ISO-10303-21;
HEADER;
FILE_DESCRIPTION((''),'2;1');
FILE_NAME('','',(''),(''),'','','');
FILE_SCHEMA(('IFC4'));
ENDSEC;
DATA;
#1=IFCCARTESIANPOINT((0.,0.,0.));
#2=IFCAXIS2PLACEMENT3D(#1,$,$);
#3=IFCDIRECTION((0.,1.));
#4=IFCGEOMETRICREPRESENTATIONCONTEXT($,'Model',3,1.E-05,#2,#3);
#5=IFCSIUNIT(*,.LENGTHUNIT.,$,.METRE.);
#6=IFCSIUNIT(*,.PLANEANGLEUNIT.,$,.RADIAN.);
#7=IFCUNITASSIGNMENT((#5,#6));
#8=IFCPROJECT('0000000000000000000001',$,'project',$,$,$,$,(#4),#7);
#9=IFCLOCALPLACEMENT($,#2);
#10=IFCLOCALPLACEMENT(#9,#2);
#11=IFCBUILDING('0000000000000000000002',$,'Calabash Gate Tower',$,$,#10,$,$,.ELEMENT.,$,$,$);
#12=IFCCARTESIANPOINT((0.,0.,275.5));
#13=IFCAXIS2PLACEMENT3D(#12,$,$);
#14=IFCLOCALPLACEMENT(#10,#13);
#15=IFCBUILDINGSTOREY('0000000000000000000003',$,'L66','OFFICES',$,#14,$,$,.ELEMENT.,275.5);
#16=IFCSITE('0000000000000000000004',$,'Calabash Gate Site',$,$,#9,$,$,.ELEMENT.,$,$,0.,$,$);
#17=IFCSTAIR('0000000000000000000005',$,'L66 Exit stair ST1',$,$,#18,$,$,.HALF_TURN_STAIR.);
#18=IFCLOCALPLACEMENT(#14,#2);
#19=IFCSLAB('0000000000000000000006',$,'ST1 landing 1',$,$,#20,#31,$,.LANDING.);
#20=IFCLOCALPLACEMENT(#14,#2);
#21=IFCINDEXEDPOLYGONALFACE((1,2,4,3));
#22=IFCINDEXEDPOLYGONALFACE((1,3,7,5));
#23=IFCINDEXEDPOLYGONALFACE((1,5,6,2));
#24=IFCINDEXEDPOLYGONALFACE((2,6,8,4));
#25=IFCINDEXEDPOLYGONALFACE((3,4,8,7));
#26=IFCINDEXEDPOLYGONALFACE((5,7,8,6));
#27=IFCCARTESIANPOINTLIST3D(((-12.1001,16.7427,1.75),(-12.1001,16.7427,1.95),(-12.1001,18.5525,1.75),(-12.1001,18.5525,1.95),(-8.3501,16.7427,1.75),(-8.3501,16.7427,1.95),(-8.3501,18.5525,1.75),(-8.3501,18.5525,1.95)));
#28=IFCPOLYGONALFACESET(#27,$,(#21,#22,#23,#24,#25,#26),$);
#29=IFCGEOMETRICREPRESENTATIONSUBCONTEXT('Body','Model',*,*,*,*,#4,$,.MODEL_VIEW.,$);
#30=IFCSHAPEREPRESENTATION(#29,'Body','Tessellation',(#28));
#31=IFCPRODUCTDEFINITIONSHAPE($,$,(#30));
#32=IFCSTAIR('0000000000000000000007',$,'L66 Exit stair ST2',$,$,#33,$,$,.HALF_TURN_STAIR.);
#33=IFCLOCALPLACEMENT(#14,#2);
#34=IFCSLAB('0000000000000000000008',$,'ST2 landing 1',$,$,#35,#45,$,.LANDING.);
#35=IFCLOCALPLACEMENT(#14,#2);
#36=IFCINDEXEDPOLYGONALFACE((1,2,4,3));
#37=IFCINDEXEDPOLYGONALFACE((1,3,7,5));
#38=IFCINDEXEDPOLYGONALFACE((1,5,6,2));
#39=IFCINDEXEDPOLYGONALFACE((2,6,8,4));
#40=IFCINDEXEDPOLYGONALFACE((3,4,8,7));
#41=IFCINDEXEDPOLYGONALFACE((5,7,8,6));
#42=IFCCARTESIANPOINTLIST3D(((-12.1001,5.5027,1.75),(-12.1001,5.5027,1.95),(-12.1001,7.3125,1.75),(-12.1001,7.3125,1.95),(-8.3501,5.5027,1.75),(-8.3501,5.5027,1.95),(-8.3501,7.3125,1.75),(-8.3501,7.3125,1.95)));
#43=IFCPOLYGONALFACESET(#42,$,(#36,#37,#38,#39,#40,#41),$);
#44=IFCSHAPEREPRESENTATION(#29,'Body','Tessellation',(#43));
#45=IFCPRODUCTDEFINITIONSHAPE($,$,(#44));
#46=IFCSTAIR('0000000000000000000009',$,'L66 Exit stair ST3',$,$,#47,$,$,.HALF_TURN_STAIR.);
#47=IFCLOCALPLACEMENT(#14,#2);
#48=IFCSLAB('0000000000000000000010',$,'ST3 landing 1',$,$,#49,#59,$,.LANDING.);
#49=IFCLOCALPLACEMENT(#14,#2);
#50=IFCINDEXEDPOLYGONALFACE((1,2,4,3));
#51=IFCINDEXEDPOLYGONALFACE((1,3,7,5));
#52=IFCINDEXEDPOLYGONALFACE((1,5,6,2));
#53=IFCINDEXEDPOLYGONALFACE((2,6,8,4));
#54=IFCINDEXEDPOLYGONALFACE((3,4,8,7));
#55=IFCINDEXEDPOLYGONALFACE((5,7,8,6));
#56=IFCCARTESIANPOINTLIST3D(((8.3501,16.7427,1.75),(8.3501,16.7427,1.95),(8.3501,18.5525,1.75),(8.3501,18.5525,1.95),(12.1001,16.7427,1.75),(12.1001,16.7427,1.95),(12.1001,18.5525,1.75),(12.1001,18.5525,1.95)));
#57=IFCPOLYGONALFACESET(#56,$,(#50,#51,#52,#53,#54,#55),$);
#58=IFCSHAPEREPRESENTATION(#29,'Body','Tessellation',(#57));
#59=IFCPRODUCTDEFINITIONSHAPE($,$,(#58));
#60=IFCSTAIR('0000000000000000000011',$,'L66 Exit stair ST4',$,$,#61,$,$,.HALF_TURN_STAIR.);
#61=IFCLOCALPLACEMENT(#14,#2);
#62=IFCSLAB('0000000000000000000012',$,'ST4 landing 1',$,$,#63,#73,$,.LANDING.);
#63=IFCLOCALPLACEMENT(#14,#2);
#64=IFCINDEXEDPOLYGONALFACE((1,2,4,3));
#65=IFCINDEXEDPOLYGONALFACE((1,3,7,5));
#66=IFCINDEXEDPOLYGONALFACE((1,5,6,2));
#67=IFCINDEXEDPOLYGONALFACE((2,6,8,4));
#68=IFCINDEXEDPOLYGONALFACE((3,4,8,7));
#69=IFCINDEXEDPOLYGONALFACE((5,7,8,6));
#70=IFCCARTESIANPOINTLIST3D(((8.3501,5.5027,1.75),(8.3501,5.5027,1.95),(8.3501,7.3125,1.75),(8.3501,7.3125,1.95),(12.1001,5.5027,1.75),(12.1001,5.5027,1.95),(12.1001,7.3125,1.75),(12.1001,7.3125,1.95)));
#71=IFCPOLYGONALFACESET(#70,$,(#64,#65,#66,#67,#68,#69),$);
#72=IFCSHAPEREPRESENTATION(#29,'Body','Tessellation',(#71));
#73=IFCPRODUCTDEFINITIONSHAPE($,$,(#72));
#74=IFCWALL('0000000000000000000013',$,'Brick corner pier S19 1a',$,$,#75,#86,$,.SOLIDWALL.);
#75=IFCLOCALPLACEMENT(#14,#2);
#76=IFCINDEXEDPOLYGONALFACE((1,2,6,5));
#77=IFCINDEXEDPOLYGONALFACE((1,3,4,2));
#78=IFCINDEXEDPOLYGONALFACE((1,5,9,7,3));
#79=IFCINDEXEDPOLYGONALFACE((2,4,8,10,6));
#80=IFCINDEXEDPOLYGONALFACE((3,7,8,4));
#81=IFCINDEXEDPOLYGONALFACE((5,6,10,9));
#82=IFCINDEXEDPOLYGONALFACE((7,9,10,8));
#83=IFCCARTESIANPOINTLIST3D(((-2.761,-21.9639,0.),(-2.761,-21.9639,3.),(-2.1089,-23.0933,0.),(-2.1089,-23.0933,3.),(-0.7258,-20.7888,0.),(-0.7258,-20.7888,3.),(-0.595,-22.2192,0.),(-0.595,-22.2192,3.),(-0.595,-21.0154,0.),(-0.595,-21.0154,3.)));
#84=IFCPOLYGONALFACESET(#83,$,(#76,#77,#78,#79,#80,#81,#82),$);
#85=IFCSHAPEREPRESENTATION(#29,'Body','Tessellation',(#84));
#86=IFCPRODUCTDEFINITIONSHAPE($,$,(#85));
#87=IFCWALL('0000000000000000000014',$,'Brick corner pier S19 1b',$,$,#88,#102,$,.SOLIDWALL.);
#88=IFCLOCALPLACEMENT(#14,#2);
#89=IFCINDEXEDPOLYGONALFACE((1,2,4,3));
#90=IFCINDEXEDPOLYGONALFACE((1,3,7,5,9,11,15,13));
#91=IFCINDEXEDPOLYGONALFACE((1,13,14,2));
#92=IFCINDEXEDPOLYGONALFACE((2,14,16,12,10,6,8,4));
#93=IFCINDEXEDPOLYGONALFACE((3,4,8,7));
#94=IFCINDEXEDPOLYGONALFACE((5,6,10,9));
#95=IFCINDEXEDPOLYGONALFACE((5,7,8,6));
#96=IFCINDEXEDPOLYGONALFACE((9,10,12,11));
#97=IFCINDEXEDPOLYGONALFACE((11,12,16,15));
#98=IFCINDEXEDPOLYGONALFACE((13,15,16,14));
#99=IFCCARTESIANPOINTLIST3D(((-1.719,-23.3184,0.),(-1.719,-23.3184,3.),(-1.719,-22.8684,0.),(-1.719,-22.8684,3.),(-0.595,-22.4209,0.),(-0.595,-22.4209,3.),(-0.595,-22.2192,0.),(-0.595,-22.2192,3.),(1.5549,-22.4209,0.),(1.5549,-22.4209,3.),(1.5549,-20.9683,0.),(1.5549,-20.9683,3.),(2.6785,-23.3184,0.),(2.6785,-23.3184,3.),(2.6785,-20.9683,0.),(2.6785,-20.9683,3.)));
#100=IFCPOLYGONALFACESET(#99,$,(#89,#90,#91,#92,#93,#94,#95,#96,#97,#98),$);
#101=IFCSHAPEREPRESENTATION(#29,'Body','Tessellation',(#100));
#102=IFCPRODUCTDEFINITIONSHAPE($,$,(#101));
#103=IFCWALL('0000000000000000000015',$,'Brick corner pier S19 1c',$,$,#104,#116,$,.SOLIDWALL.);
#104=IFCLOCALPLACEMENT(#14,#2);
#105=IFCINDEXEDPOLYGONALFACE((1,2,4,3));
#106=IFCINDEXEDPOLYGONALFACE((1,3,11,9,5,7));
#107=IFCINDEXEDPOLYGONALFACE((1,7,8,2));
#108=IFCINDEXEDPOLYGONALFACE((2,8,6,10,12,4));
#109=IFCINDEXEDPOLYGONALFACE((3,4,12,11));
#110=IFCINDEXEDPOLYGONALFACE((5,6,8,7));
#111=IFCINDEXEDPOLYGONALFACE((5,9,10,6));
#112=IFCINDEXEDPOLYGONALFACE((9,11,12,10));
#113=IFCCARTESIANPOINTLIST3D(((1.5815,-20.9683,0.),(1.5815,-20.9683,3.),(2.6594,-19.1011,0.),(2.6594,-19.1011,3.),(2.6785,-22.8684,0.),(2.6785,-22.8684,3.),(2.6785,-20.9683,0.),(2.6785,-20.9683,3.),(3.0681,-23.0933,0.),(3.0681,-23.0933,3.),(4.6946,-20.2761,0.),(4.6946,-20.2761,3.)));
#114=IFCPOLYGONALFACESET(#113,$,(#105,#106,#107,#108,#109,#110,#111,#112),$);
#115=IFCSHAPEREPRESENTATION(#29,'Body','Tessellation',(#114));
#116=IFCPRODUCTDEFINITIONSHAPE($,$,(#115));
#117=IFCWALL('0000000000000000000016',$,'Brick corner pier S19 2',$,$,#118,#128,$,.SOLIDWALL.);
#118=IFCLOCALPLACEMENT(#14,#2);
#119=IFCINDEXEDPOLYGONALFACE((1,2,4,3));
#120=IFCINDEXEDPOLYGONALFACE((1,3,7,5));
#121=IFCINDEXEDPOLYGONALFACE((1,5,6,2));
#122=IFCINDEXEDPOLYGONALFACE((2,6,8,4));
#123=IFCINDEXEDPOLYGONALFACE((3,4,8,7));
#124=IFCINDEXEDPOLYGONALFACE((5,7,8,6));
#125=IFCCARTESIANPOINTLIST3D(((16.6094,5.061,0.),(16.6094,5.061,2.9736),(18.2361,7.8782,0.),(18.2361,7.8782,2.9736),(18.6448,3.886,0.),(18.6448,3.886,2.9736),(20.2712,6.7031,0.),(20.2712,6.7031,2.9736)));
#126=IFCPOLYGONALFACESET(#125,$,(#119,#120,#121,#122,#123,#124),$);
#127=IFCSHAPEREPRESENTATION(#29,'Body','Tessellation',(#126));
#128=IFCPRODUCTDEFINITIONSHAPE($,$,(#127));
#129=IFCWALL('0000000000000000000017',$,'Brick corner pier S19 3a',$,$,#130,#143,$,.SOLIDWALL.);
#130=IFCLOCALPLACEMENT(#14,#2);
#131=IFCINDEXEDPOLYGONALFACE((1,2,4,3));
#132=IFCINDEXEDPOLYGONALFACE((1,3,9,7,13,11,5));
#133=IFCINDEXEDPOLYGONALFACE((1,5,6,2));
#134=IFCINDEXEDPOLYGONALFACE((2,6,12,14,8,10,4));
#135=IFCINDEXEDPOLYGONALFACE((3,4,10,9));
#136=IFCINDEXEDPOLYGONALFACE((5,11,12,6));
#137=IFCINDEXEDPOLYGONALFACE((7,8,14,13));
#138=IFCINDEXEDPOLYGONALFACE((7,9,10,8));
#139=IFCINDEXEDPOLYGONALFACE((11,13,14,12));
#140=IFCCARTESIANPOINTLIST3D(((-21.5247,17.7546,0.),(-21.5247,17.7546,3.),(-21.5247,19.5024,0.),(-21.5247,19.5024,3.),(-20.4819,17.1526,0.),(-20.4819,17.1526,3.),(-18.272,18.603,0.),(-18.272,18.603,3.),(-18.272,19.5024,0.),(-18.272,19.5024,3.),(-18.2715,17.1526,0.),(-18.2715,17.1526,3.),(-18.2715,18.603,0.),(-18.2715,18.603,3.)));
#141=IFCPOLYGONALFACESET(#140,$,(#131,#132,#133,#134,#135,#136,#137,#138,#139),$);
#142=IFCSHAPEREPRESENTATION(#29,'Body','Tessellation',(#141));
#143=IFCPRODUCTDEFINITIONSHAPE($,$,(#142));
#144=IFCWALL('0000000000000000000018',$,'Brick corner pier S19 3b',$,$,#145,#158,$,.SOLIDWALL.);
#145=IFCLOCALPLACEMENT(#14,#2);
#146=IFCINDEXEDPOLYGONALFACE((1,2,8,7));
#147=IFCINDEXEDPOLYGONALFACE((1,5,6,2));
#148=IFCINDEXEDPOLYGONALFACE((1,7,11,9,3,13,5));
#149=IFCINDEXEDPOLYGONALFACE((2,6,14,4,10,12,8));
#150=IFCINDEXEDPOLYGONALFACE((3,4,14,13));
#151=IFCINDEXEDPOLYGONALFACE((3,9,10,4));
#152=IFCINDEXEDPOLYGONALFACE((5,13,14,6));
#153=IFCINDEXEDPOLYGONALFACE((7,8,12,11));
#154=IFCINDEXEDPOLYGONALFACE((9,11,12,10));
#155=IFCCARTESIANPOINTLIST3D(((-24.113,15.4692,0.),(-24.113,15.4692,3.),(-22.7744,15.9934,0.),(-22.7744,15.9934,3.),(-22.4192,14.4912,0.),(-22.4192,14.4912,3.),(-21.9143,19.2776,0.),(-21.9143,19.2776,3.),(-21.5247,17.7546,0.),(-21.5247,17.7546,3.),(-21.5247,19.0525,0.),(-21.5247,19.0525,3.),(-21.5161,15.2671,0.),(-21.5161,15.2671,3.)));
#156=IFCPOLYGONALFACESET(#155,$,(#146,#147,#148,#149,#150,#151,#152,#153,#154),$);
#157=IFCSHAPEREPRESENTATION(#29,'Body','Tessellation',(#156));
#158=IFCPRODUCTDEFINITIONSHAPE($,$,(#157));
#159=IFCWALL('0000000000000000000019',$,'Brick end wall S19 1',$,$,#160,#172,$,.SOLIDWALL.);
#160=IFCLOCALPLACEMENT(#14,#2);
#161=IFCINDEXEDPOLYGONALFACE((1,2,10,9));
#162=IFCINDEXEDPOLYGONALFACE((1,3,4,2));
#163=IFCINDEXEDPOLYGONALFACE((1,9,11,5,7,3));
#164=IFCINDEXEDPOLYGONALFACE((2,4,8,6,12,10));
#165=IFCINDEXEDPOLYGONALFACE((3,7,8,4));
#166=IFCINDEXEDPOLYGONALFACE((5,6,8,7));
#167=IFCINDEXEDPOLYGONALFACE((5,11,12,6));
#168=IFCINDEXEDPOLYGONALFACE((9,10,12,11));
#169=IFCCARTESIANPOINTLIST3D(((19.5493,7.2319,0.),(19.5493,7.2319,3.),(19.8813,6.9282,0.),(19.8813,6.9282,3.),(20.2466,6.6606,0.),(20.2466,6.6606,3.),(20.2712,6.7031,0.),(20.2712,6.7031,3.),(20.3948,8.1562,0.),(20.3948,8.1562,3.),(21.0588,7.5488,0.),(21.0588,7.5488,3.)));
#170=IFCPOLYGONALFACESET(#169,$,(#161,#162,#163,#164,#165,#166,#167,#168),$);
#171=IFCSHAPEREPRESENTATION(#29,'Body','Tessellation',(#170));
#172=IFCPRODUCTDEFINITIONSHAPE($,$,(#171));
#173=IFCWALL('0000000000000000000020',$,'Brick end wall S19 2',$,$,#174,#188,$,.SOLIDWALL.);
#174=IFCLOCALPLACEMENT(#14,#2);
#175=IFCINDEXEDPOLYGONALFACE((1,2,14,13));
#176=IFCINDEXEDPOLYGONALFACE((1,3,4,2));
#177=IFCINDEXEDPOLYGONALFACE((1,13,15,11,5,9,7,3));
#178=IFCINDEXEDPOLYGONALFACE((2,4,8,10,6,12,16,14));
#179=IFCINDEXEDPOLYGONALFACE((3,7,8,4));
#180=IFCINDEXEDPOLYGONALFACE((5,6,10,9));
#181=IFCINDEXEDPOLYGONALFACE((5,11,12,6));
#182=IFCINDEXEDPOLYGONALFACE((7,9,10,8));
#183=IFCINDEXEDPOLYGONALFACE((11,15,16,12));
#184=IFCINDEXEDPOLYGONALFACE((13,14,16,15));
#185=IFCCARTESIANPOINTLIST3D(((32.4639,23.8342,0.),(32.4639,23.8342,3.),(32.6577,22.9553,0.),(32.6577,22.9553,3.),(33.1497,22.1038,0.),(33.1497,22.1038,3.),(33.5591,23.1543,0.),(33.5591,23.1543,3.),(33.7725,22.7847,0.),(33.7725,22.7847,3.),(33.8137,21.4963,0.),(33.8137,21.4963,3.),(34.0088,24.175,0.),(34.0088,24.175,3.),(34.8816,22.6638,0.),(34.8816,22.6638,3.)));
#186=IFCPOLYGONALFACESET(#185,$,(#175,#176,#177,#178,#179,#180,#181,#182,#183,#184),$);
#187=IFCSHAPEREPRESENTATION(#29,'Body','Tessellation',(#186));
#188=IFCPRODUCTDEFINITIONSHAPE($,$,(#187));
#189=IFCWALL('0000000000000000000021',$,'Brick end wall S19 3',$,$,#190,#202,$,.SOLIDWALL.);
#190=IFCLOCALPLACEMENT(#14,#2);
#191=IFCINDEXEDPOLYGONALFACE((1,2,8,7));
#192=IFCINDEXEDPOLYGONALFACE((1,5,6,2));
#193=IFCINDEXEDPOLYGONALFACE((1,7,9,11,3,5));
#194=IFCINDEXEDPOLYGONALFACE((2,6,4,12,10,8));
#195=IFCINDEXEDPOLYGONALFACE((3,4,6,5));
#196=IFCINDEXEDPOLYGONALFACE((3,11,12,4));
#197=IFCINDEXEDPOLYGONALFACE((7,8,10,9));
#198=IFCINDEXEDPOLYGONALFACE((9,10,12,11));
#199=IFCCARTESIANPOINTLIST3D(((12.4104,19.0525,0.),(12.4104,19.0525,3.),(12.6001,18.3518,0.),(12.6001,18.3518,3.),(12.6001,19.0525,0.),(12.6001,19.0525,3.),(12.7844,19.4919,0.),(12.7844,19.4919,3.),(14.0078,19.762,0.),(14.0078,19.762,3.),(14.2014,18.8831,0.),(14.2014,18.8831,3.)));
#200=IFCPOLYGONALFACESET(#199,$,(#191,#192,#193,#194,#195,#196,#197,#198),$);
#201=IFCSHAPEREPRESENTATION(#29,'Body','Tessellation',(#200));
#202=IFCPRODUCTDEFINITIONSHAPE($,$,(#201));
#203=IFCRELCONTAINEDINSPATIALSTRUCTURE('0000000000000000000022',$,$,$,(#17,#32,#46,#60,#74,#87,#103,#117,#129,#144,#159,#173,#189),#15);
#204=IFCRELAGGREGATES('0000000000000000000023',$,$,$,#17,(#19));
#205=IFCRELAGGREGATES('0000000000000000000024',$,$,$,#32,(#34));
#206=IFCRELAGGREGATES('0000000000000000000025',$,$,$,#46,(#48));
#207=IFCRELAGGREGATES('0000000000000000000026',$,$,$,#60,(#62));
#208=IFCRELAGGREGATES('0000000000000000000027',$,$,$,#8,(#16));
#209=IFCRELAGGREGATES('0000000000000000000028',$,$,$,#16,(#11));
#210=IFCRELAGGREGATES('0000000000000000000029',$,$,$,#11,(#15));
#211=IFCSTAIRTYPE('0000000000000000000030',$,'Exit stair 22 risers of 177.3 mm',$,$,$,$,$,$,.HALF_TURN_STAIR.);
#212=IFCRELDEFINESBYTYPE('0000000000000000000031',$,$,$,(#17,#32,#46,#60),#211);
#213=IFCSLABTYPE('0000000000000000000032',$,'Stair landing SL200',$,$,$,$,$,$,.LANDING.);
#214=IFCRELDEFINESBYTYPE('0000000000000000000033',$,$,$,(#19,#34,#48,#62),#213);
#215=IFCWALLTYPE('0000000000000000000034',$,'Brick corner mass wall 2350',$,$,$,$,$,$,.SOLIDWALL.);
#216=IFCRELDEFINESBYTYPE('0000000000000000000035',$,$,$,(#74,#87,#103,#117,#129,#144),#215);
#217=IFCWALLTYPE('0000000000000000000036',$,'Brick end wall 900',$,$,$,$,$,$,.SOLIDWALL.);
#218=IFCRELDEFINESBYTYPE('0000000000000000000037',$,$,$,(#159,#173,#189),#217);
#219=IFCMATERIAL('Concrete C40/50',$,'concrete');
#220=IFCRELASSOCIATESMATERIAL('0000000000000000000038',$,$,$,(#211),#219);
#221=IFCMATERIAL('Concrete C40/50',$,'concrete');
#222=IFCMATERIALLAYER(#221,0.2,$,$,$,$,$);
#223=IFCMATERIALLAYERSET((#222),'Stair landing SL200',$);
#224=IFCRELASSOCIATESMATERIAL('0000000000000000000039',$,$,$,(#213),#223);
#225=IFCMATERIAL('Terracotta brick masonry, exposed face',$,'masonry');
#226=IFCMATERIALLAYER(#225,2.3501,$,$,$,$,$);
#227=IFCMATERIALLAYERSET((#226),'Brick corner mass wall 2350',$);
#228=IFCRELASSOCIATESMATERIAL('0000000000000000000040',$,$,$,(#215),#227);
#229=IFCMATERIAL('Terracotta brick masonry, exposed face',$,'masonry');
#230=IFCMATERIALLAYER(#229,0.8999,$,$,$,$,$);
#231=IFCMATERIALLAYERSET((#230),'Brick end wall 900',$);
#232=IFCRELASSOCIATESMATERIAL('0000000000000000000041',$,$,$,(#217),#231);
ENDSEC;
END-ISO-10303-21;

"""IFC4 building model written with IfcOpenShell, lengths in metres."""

from ifc_helpers import new_model, si_unit, direction, frame, origin, place, context, subcontext, project, spatial, polyline, outline, extrude, material, layer, layer_set, type_object, element, aggregate, save


model = new_model("IFC4")

# Units and contexts
model_context = context("Model", 3, precision=1e-05, world=origin(), true_north=direction((0.0, 1.0)))
body_context = subcontext(model_context, "Body", "Model", "MODEL_VIEW")
ifc_project = project(units=[si_unit("LENGTHUNIT", "METRE"), si_unit("PLANEANGLEUNIT", "RADIAN")], contexts=[model_context])

# Site, building, storey
site_placement = place(None, origin())
site = spatial("IfcSite", under=ifc_project, at=site_placement, Name="Calabash Gate Site", CompositionType="ELEMENT", RefElevation=0.0)
building_placement = place(site_placement, origin())
building = spatial("IfcBuilding", under=site, at=building_placement, Name="Calabash Gate Tower", CompositionType="ELEMENT")
storey_placement = place(building_placement, frame((0.0, 0.0, 275.5)))
storey = spatial("IfcBuildingStorey", under=building, at=storey_placement, Name="L66", Description="OFFICES", CompositionType="ELEMENT", Elevation=275.5)

# Stairs, slabs
ifc_material_1 = material(Name="Concrete C40/50", Category="concrete")
stair_type = type_object("IfcStairType", Name="Exit stair 22 risers of 177.3 mm", PredefinedType="HALF_TURN_STAIR", material=ifc_material_1)
stair_1_placement = place(storey_placement, origin())
stair_1 = element("IfcStair", 1, at=stair_1_placement, inside=storey, type_object=stair_type, Name="L66 Exit stair ST1", PredefinedType="HALF_TURN_STAIR")
ifc_material_2 = material(Name="Concrete C40/50", Category="concrete")
ifc_layer_1 = layer(ifc_material_2, 0.2)
ifc_layer_set_1 = layer_set([ifc_layer_1], Name="Stair landing SL200")
slab_type = type_object("IfcSlabType", Name="Stair landing SL200", PredefinedType="LANDING", material=ifc_layer_set_1)
slab_1_placement = place(storey_placement, frame((0.0, 0.0, 1.75)))
slab_1 = element("IfcSlab", 2, at=slab_1_placement, type_object=slab_type, Name="ST1 landing 1", PredefinedType="LANDING", context=body_context, shape_type="SweptSolid", body=[
    extrude(outline(polyline([(-8.3501, 16.7427), (-8.3501, 18.5525), (-12.1001, 18.5525), (-12.1001, 16.7427), (-8.3501, 16.7427)])), origin(), (0.0, 0.0, 1.0), 0.2),
])
aggregate(stair_1, [slab_1])
stair_2_placement = place(storey_placement, origin())
stair_2 = element("IfcStair", 3, at=stair_2_placement, inside=storey, type_object=stair_type, Name="L66 Exit stair ST2", PredefinedType="HALF_TURN_STAIR")
slab_2_placement = place(storey_placement, frame((0.0, 0.0, 1.75)))
slab_2 = element("IfcSlab", 4, at=slab_2_placement, type_object=slab_type, Name="ST2 landing 1", PredefinedType="LANDING", context=body_context, shape_type="SweptSolid", body=[
    extrude(outline(polyline([(-12.1001, 7.3125), (-12.1001, 5.5027), (-8.3501, 5.5027), (-8.3501, 7.3125), (-12.1001, 7.3125)])), origin(), (0.0, 0.0, 1.0), 0.2),
])
aggregate(stair_2, [slab_2])
stair_3_placement = place(storey_placement, origin())
stair_3 = element("IfcStair", 5, at=stair_3_placement, inside=storey, type_object=stair_type, Name="L66 Exit stair ST3", PredefinedType="HALF_TURN_STAIR")
slab_3_placement = place(storey_placement, frame((0.0, 0.0, 1.75)))
slab_3 = element("IfcSlab", 6, at=slab_3_placement, type_object=slab_type, Name="ST3 landing 1", PredefinedType="LANDING", context=body_context, shape_type="SweptSolid", body=[
    extrude(outline(polyline([(12.1001, 16.7427), (12.1001, 18.5525), (8.3501, 18.5525), (8.3501, 16.7427), (12.1001, 16.7427)])), origin(), (0.0, 0.0, 1.0), 0.2),
])
aggregate(stair_3, [slab_3])
stair_4_placement = place(storey_placement, origin())
stair_4 = element("IfcStair", 7, at=stair_4_placement, inside=storey, type_object=stair_type, Name="L66 Exit stair ST4", PredefinedType="HALF_TURN_STAIR")
slab_4_placement = place(storey_placement, frame((0.0, 0.0, 1.75)))
slab_4 = element("IfcSlab", 8, at=slab_4_placement, type_object=slab_type, Name="ST4 landing 1", PredefinedType="LANDING", context=body_context, shape_type="SweptSolid", body=[
    extrude(outline(polyline([(8.3501, 7.3125), (8.3501, 5.5027), (12.1001, 5.5027), (12.1001, 7.3125), (8.3501, 7.3125)])), origin(), (0.0, 0.0, 1.0), 0.2),
])
aggregate(stair_4, [slab_4])

# Walls
ifc_material_3 = material(Name="Terracotta brick masonry, exposed face", Category="masonry")
ifc_layer_2 = layer(ifc_material_3, 2.3501)
ifc_layer_set_2 = layer_set([ifc_layer_2], Name="Brick corner mass wall 2350")
wall_type_1 = type_object("IfcWallType", Name="Brick corner mass wall 2350", PredefinedType="SOLIDWALL", material=ifc_layer_set_2)
wall_1_placement = place(storey_placement, origin())
element("IfcWall", 9, at=wall_1_placement, inside=storey, type_object=wall_type_1, Name="Brick corner pier S19 1a", PredefinedType="SOLIDWALL", context=body_context, shape_type="SweptSolid", body=[
    extrude(outline(polyline([(-0.595, -21.0154), (-0.7258, -20.7888), (-2.761, -21.9639), (-2.1089, -23.0933), (-0.595, -22.2192), (-0.595, -21.0154)])), origin(), (0.0, 0.0, 1.0), 3.0),
])
wall_2_placement = place(storey_placement, origin())
element("IfcWall", 10, at=wall_2_placement, inside=storey, type_object=wall_type_1, Name="Brick corner pier S19 1b", PredefinedType="SOLIDWALL", context=body_context, shape_type="SweptSolid", body=[
    extrude(outline(polyline([(-0.595, -22.4209), (-0.595, -22.2192), (-1.719, -22.8684), (-1.719, -23.3184), (2.6785, -23.3184), (2.6785, -20.9683), (1.5549, -20.9683), (1.5549, -22.4209), (-0.595, -22.4209)])), origin(), (0.0, 0.0, 1.0), 3.0),
])
wall_3_placement = place(storey_placement, origin())
element("IfcWall", 11, at=wall_3_placement, inside=storey, type_object=wall_type_1, Name="Brick corner pier S19 1c", PredefinedType="SOLIDWALL", context=body_context, shape_type="SweptSolid", body=[
    extrude(outline(polyline([(2.6785, -20.9683), (2.6785, -22.8684), (3.0681, -23.0933), (4.6946, -20.2761), (2.6594, -19.1011), (1.5815, -20.9683), (2.6785, -20.9683)])), origin(), (0.0, 0.0, 1.0), 3.0),
])
wall_4_placement = place(storey_placement, origin())
element("IfcWall", 12, at=wall_4_placement, inside=storey, type_object=wall_type_1, Name="Brick corner pier S19 2", PredefinedType="SOLIDWALL", context=body_context, shape_type="SweptSolid", body=[
    extrude(outline(polyline([(18.2361, 7.8782), (16.6094, 5.061), (18.6448, 3.886), (20.2712, 6.7031), (18.2361, 7.8782)])), origin(), (0.0, 0.0, 1.0), 2.9736),
])
wall_5_placement = place(storey_placement, origin())
element("IfcWall", 13, at=wall_5_placement, inside=storey, type_object=wall_type_1, Name="Brick corner pier S19 3a", PredefinedType="SOLIDWALL", context=body_context, shape_type="SweptSolid", body=[
    extrude(outline(polyline([(-20.4819, 17.1526), (-18.2715, 17.1526), (-18.2715, 18.603), (-18.272, 18.603), (-18.272, 19.5024), (-21.5247, 19.5024), (-21.5247, 17.7546), (-20.4819, 17.1526)])), origin(), (0.0, 0.0, 1.0), 3.0),
])
wall_6_placement = place(storey_placement, origin())
element("IfcWall", 14, at=wall_6_placement, inside=storey, type_object=wall_type_1, Name="Brick corner pier S19 3b", PredefinedType="SOLIDWALL", context=body_context, shape_type="SweptSolid", body=[
    extrude(outline(polyline([(-22.7744, 15.9934), (-21.5247, 17.7546), (-21.5247, 19.0525), (-21.9143, 19.2776), (-24.113, 15.4692), (-22.4192, 14.4912), (-21.5161, 15.2671), (-22.7744, 15.9934)])), origin(), (0.0, 0.0, 1.0), 3.0),
])
ifc_material_4 = material(Name="Terracotta brick masonry, exposed face", Category="masonry")
ifc_layer_3 = layer(ifc_material_4, 0.8999)
ifc_layer_set_3 = layer_set([ifc_layer_3], Name="Brick end wall 900")
wall_type_2 = type_object("IfcWallType", Name="Brick end wall 900", PredefinedType="SOLIDWALL", material=ifc_layer_set_3)
wall_7_placement = place(storey_placement, origin())
element("IfcWall", 15, at=wall_7_placement, inside=storey, type_object=wall_type_2, Name="Brick end wall S19 1", PredefinedType="SOLIDWALL", context=body_context, shape_type="SweptSolid", body=[
    extrude(outline(polyline([(20.3948, 8.1562), (19.5493, 7.2319), (19.8813, 6.9282), (20.2712, 6.7031), (20.2466, 6.6606), (21.0588, 7.5488), (20.3948, 8.1562)])), origin(), (0.0, 0.0, 1.0), 3.0),
])
wall_8_placement = place(storey_placement, origin())
element("IfcWall", 16, at=wall_8_placement, inside=storey, type_object=wall_type_2, Name="Brick end wall S19 2", PredefinedType="SOLIDWALL", context=body_context, shape_type="SweptSolid", body=[
    extrude(outline(polyline([(33.8137, 21.4963), (34.8816, 22.6638), (34.0088, 24.175), (32.4639, 23.8342), (32.6577, 22.9553), (33.5591, 23.1543), (33.7725, 22.7847), (33.1497, 22.1038), (33.8137, 21.4963)])), origin(), (0.0, 0.0, 1.0), 3.0),
])
wall_9_placement = place(storey_placement, origin())
element("IfcWall", 17, at=wall_9_placement, inside=storey, type_object=wall_type_2, Name="Brick end wall S19 3", PredefinedType="SOLIDWALL", context=body_context, shape_type="SweptSolid", body=[
    extrude(outline(polyline([(14.2014, 18.8831), (14.0078, 19.762), (12.7844, 19.4919), (12.4104, 19.0525), (12.6001, 19.0525), (12.6001, 18.3518), (14.2014, 18.8831)])), origin(), (0.0, 0.0, 1.0), 3.0),
])

save(model, "model.ifc")
